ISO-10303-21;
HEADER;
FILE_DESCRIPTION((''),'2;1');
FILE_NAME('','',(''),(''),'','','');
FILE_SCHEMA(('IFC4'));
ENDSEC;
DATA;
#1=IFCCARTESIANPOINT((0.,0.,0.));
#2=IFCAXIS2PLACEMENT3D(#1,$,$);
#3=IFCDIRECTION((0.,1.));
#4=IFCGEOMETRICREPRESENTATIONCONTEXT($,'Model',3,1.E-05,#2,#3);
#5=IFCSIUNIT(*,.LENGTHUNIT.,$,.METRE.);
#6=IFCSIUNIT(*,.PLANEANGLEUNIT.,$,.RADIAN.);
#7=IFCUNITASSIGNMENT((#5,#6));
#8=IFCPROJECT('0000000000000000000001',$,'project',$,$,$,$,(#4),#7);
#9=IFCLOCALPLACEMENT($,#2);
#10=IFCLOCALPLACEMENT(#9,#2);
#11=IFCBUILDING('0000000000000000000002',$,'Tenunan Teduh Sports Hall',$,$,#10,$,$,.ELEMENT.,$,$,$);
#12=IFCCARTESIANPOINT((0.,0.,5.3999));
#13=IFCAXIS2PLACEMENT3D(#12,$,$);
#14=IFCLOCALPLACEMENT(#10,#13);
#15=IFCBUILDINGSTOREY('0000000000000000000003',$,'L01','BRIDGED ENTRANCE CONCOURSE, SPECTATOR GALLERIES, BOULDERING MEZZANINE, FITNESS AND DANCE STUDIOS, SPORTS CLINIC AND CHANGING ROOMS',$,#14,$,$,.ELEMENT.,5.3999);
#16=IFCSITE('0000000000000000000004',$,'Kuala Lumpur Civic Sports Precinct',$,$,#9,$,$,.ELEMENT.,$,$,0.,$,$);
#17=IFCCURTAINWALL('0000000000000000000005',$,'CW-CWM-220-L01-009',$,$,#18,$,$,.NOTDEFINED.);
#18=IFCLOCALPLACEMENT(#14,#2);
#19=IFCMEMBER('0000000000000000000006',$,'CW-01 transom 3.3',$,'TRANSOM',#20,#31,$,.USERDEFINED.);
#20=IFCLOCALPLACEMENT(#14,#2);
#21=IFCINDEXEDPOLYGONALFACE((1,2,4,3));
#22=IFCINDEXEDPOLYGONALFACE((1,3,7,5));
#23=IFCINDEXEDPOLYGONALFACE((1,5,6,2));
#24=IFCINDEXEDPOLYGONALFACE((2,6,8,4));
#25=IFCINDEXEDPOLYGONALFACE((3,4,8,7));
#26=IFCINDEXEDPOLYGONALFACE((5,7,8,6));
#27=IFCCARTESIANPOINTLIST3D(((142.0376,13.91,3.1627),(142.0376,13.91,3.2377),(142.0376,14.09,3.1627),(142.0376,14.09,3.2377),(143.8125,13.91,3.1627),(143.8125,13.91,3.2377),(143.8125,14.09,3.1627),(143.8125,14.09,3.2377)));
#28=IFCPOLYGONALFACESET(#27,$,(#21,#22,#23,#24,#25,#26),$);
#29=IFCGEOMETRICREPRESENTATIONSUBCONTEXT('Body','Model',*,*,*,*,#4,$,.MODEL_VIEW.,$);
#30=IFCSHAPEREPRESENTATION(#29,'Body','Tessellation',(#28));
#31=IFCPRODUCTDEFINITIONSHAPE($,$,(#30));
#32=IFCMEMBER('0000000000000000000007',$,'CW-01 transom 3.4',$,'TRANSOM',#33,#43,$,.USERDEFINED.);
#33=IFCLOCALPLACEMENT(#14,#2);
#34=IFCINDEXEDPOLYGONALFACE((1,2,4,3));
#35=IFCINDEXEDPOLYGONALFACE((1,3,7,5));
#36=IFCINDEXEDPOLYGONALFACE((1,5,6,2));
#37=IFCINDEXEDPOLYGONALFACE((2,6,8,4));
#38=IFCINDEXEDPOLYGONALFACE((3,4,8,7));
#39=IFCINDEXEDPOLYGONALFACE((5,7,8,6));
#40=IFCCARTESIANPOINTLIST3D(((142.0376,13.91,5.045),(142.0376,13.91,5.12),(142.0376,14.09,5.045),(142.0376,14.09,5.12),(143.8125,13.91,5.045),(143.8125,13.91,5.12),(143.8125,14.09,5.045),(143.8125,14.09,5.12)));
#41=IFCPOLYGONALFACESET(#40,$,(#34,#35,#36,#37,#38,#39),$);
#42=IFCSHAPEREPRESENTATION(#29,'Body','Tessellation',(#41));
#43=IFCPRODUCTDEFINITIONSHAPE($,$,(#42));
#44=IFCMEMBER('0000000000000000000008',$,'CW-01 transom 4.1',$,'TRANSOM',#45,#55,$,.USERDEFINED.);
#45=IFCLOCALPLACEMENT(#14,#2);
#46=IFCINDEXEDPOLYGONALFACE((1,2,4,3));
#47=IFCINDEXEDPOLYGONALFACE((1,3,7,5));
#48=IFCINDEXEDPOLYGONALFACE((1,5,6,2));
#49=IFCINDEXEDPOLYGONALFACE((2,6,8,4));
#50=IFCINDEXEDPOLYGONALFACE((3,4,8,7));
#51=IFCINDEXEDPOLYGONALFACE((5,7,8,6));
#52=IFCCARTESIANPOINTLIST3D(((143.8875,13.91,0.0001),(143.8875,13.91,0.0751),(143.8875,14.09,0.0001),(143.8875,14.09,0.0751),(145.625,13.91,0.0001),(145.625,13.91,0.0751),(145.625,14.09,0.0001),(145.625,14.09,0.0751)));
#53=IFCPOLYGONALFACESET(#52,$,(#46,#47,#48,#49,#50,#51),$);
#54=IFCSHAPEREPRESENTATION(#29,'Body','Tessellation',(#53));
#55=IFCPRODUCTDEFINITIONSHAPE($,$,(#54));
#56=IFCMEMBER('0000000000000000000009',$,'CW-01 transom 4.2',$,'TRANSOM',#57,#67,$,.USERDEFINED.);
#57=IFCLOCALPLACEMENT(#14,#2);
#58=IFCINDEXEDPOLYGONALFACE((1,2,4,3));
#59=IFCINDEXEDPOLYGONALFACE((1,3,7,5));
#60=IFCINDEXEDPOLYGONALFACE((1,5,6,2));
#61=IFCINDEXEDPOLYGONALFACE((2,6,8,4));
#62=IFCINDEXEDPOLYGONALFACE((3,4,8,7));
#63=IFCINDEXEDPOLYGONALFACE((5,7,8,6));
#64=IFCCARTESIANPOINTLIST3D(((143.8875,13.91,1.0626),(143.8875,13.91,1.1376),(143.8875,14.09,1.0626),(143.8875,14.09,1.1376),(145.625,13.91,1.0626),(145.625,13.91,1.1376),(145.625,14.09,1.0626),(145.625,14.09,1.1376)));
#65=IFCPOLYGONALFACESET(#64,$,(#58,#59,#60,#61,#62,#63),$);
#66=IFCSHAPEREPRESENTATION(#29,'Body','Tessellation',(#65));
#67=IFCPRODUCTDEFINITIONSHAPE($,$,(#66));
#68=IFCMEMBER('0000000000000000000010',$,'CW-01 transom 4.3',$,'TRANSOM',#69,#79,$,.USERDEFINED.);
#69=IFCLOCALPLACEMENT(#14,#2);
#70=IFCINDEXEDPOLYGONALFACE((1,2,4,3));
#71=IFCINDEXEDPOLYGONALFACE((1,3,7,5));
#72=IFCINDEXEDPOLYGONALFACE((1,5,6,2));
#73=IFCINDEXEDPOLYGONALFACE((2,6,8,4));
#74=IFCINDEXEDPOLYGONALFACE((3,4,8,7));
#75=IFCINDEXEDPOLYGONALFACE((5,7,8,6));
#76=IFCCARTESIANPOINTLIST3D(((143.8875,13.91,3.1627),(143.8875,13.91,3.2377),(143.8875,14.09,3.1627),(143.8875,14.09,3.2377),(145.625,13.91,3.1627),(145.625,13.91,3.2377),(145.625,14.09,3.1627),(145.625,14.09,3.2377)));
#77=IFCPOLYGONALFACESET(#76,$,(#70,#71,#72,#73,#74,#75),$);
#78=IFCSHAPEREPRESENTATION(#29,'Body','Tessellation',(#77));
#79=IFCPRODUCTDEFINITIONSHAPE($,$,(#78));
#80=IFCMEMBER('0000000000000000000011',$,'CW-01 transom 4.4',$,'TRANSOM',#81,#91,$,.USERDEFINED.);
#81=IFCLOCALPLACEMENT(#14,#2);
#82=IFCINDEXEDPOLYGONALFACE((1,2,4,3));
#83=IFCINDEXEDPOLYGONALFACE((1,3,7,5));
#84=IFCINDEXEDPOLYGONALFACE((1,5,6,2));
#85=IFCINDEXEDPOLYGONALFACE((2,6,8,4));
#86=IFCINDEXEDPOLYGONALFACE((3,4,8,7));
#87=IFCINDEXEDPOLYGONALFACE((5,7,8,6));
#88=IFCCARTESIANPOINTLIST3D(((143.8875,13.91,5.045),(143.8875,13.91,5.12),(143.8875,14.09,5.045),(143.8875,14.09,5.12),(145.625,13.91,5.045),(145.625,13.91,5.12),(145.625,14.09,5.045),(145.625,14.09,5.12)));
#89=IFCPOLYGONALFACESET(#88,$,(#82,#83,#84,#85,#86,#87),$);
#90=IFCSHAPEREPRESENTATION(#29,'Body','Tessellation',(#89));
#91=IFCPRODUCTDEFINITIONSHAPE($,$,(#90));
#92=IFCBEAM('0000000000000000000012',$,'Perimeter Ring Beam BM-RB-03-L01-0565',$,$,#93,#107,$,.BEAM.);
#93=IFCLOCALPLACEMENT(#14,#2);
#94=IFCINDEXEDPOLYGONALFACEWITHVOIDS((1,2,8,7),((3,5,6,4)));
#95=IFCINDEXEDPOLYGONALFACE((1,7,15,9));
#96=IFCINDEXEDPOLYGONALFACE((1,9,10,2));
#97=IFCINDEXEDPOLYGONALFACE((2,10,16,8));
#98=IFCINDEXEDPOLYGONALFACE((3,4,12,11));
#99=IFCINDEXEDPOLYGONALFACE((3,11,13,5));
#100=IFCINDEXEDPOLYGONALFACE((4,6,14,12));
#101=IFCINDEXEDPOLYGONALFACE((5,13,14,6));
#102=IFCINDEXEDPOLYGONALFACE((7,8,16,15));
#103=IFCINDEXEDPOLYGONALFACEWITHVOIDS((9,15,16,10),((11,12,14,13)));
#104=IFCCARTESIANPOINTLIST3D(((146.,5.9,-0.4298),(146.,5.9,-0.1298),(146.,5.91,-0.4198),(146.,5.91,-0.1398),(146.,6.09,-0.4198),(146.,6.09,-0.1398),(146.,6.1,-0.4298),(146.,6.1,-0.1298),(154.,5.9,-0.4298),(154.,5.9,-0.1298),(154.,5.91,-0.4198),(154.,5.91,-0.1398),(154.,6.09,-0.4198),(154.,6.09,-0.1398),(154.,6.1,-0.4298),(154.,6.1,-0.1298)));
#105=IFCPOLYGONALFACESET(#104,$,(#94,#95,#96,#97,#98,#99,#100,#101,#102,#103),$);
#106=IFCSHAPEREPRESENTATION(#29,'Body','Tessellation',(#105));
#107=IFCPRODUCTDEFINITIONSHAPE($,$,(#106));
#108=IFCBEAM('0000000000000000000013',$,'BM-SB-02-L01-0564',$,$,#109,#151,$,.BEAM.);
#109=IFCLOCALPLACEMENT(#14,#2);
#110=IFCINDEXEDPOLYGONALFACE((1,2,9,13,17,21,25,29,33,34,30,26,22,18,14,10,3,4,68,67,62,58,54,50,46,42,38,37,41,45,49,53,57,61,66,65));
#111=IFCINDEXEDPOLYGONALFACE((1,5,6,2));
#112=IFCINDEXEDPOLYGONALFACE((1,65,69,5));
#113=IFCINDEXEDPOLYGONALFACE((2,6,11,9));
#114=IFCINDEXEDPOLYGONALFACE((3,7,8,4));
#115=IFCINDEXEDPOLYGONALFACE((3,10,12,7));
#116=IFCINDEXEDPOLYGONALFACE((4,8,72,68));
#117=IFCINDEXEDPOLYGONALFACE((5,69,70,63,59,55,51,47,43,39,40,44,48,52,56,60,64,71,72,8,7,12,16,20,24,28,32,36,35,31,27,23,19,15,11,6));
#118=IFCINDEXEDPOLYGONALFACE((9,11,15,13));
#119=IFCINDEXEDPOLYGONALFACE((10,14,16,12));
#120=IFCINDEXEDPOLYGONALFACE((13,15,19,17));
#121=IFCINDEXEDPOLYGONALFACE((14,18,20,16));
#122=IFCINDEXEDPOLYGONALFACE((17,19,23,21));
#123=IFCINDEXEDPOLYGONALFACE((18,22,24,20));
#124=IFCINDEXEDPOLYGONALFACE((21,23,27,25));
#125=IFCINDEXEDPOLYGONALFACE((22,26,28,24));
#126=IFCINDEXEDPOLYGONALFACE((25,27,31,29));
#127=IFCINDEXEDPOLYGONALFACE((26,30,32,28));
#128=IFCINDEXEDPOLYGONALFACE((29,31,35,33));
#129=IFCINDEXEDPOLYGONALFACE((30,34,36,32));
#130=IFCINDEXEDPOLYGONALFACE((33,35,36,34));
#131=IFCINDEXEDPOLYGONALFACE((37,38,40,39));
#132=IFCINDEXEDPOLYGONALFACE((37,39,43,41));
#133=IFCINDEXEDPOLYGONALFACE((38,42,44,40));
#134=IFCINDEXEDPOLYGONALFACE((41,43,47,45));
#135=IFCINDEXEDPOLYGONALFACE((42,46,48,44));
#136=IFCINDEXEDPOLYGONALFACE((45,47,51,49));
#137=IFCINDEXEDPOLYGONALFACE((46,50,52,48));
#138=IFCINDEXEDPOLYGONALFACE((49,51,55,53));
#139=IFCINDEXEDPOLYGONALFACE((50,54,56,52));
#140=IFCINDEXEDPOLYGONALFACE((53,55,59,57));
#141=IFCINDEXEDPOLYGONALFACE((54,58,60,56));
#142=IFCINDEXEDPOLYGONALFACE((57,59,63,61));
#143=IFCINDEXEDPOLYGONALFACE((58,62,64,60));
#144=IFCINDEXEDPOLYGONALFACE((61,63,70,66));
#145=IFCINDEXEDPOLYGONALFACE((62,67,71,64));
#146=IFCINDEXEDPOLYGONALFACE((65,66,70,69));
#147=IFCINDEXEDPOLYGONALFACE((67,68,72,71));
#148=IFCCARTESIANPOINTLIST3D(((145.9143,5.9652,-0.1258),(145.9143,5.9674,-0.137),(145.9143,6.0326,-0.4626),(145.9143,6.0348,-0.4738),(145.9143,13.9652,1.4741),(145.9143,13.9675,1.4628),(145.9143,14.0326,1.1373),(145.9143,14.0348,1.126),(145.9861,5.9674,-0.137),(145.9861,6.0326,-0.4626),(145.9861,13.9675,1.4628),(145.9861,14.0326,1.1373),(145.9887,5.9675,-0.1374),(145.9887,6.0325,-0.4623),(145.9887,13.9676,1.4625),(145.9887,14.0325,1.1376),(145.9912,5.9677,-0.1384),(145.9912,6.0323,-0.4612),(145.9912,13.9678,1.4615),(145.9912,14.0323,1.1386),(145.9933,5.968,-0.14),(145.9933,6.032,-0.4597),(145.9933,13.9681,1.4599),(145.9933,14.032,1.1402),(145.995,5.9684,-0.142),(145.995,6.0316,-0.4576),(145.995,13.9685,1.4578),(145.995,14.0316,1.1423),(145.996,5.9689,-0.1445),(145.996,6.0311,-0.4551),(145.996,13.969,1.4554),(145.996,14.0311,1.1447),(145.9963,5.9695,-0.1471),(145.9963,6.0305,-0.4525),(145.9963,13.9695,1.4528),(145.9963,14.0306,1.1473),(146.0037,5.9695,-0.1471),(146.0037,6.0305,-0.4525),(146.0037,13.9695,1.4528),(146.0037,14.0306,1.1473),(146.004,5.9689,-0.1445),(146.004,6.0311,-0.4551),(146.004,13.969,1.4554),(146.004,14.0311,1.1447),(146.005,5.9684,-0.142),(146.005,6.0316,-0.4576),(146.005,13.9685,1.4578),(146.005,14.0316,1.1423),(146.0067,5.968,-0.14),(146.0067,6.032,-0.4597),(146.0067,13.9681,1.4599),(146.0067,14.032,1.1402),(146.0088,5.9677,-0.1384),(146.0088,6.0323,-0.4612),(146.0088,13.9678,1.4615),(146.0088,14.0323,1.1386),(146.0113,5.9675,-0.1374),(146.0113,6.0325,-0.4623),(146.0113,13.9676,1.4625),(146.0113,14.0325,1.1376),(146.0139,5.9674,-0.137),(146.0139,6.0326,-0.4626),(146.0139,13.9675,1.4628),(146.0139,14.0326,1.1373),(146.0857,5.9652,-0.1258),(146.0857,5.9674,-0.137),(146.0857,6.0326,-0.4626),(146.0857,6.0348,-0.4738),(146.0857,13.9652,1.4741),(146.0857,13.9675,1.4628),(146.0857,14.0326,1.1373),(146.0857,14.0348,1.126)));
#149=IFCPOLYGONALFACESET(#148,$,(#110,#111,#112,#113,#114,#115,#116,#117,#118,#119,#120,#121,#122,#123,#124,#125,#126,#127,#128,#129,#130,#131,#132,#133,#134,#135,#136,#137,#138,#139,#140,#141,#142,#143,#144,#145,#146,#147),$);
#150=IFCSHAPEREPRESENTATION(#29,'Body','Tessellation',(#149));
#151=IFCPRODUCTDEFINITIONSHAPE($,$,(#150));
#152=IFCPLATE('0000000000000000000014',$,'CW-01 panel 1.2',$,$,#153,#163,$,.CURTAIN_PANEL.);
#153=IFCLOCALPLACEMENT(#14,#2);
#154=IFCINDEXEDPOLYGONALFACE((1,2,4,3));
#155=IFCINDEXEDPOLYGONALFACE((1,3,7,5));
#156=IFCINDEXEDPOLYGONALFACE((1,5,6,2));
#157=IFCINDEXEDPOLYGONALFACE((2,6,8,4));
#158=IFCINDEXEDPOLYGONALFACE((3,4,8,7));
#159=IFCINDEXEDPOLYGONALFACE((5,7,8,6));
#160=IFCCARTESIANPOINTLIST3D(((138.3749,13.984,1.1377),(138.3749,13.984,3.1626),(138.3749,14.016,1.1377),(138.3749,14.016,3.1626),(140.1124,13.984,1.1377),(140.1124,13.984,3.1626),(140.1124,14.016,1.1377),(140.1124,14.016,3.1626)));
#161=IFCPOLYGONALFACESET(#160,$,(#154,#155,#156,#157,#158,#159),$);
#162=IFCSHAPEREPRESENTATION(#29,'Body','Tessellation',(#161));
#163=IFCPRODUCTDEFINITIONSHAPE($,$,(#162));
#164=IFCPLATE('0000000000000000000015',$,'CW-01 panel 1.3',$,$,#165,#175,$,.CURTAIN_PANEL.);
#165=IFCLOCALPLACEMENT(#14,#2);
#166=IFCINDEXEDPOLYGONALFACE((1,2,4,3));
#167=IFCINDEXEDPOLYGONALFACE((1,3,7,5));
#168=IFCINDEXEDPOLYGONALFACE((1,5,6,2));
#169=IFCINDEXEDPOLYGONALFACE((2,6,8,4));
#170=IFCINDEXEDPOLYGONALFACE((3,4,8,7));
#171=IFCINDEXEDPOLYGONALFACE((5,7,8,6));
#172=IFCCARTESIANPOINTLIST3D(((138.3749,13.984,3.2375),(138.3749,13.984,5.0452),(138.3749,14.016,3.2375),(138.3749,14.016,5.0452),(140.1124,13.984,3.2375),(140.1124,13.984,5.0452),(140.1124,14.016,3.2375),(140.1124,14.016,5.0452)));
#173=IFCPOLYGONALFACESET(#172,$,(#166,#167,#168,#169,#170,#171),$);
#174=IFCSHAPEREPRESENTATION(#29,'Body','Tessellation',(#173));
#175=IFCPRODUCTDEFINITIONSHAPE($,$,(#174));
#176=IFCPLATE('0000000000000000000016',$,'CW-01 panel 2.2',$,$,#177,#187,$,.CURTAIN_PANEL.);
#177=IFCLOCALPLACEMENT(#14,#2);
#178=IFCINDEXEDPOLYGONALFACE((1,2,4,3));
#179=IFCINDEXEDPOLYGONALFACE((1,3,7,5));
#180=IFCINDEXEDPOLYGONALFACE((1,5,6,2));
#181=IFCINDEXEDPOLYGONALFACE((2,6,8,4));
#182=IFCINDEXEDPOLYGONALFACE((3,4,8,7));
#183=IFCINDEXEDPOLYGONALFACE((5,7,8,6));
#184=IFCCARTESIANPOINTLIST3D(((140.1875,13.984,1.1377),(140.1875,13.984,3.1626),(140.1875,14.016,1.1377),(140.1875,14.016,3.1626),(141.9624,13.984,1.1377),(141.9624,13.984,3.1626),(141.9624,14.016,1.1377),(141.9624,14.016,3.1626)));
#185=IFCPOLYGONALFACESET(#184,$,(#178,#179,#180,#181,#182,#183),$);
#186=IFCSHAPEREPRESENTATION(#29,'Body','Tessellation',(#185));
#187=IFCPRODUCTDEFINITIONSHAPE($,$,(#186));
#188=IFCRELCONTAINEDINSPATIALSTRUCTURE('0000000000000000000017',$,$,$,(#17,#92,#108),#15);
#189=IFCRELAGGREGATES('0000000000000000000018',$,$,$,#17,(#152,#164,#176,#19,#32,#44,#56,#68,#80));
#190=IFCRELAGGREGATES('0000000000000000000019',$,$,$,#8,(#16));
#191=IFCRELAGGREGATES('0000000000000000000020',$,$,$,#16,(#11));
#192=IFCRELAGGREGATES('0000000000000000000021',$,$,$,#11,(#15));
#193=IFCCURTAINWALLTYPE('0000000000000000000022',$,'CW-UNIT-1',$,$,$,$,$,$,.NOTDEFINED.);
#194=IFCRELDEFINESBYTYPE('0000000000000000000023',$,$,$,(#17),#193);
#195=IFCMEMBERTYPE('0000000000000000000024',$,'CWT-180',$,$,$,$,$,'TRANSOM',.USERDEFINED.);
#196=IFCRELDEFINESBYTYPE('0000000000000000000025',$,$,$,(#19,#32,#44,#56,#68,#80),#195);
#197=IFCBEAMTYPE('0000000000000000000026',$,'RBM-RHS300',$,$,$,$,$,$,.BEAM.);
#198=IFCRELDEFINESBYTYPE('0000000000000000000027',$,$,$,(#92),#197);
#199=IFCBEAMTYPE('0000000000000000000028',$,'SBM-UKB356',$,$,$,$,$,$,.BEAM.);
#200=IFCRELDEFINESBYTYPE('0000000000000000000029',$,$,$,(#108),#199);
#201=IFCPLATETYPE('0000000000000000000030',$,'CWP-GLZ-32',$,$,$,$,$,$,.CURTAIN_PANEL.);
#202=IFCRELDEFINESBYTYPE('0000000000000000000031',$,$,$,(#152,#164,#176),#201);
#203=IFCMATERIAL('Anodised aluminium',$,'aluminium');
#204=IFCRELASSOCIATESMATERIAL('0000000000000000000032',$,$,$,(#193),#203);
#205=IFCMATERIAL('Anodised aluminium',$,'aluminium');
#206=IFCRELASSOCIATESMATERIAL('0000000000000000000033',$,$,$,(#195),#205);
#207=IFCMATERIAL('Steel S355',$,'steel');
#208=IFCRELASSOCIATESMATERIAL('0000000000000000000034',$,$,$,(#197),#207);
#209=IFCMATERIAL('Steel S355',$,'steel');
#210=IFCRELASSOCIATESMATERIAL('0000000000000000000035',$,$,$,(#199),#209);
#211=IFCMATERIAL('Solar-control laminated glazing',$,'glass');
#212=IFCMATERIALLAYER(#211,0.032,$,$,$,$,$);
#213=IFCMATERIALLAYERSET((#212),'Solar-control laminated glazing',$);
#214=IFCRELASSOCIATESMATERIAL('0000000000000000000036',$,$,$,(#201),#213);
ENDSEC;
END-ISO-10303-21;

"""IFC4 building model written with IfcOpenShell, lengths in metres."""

from ifc_helpers import new_model, si_unit, direction, frame, origin, origin_2d, place, context, subcontext, project, spatial, rectangle, hollow_rectangle, i_section, extrude, material, layer, layer_set, material_profile, profile_set, type_object, element, aggregate, save


model = new_model("IFC4")

# Units and contexts
model_context = context("Model", 3, precision=1e-05, world=origin(), true_north=direction((0.0, 1.0)))
body_context = subcontext(model_context, "Body", "Model", "MODEL_VIEW")
ifc_project = project(units=[si_unit("LENGTHUNIT", "METRE"), si_unit("PLANEANGLEUNIT", "RADIAN")], contexts=[model_context])

# Site, building, storey
site_placement = place(None, origin())
site = spatial("IfcSite", under=ifc_project, at=site_placement, Name="Kuala Lumpur Civic Sports Precinct", CompositionType="ELEMENT", RefElevation=0.0)
building_placement = place(site_placement, origin())
building = spatial("IfcBuilding", under=site, at=building_placement, Name="Tenunan Teduh Sports Hall", CompositionType="ELEMENT")
storey_placement = place(building_placement, frame((0.0, 0.0, 5.3999)))
storey = spatial("IfcBuildingStorey", under=building, at=storey_placement, Name="L01", Description="BRIDGED ENTRANCE CONCOURSE, SPECTATOR GALLERIES, BOULDERING MEZZANINE, FITNESS AND DANCE STUDIOS, SPORTS CLINIC AND CHANGING ROOMS", CompositionType="ELEMENT", Elevation=5.3999)

# Curtain wall, members
ifc_material_1 = material(Name="Anodised aluminium", Category="aluminium")
curtain_wall_type = type_object("IfcCurtainWallType", Name="CW-UNIT-1", PredefinedType="NOTDEFINED", material=ifc_material_1)
curtain_wall_placement = place(storey_placement, origin())
curtain_wall = element("IfcCurtainWall", 1, at=curtain_wall_placement, inside=storey, type_object=curtain_wall_type, Name="CW-CWM-220-L01-009", PredefinedType="NOTDEFINED")
ifc_material_2 = material(Name="Anodised aluminium", Category="aluminium")
ifc_material_profile_1 = material_profile(ifc_material_2, rectangle(XDim=0.075, YDim=0.1799, at=origin_2d()), Name="CWT 75x180")
ifc_profile_set_1 = profile_set([ifc_material_profile_1], Name="Anodised aluminium")
member_type_1 = type_object("IfcMemberType", Name="CWT-180", ElementType="TRANSOM", PredefinedType="USERDEFINED", material=ifc_profile_set_1)
member_1_placement = place(storey_placement, frame((142.0376, 14.0, 3.2002), z_axis=(1.0, 0.0, 0.0), x_axis=(0.0, 0.0, 1.0)))
member_1 = element("IfcMember", 2, at=member_1_placement, type_object=member_type_1, Name="CW-01 transom 3.3", ObjectType="TRANSOM", PredefinedType="USERDEFINED", context=body_context, shape_type="SweptSolid", body=[
    extrude(rectangle(XDim=0.075, YDim=0.1799, at=origin_2d()), origin(), (0.0, 0.0, 1.0), 1.7749),
])
member_2_placement = place(storey_placement, frame((142.0376, 14.0, 5.0825), z_axis=(1.0, 0.0, 0.0), x_axis=(0.0, 0.0, 1.0)))
member_2 = element("IfcMember", 3, at=member_2_placement, type_object=member_type_1, Name="CW-01 transom 3.4", ObjectType="TRANSOM", PredefinedType="USERDEFINED", context=body_context, shape_type="SweptSolid", body=[
    extrude(rectangle(XDim=0.075, YDim=0.1799, at=origin_2d()), origin(), (0.0, 0.0, 1.0), 1.7749),
])
member_3_placement = place(storey_placement, frame((143.8875, 14.0, 0.0376), z_axis=(1.0, 0.0, 0.0), x_axis=(0.0, 0.0, 1.0)))
member_3 = element("IfcMember", 4, at=member_3_placement, type_object=member_type_1, Name="CW-01 transom 4.1", ObjectType="TRANSOM", PredefinedType="USERDEFINED", context=body_context, shape_type="SweptSolid", body=[
    extrude(rectangle(XDim=0.075, YDim=0.1799, at=origin_2d()), origin(), (0.0, 0.0, 1.0), 1.7375),
])
member_4_placement = place(storey_placement, frame((143.8875, 14.0, 1.1001), z_axis=(1.0, 0.0, 0.0), x_axis=(0.0, 0.0, 1.0)))
member_4 = element("IfcMember", 5, at=member_4_placement, type_object=member_type_1, Name="CW-01 transom 4.2", ObjectType="TRANSOM", PredefinedType="USERDEFINED", context=body_context, shape_type="SweptSolid", body=[
    extrude(rectangle(XDim=0.075, YDim=0.1799, at=origin_2d()), origin(), (0.0, 0.0, 1.0), 1.7375),
])
member_5_placement = place(storey_placement, frame((143.8875, 14.0, 3.2002), z_axis=(1.0, 0.0, 0.0), x_axis=(0.0, 0.0, 1.0)))
member_5 = element("IfcMember", 6, at=member_5_placement, type_object=member_type_1, Name="CW-01 transom 4.3", ObjectType="TRANSOM", PredefinedType="USERDEFINED", context=body_context, shape_type="SweptSolid", body=[
    extrude(rectangle(XDim=0.075, YDim=0.1799, at=origin_2d()), origin(), (0.0, 0.0, 1.0), 1.7375),
])
member_6_placement = place(storey_placement, frame((143.8875, 14.0, 5.0825), z_axis=(1.0, 0.0, 0.0), x_axis=(0.0, 0.0, 1.0)))
member_6 = element("IfcMember", 7, at=member_6_placement, type_object=member_type_1, Name="CW-01 transom 4.4", ObjectType="TRANSOM", PredefinedType="USERDEFINED", context=body_context, shape_type="SweptSolid", body=[
    extrude(rectangle(XDim=0.075, YDim=0.1799, at=origin_2d()), origin(), (0.0, 0.0, 1.0), 1.7375),
])

# Beams
ifc_material_3 = material(Name="Steel S355", Category="steel")
ifc_material_profile_2 = material_profile(ifc_material_3, hollow_rectangle(XDim=0.2, YDim=0.3, WallThickness=0.01, at=origin_2d()), Name="RHS 300x200x10.0")
ifc_profile_set_2 = profile_set([ifc_material_profile_2], Name="Steel S355")
beam_type_1 = type_object("IfcBeamType", Name="RBM-RHS300", PredefinedType="BEAM", material=ifc_profile_set_2)
beam_1_placement = place(storey_placement, frame((146.0, 6.0, -0.2798), z_axis=(1.0, 0.0, 0.0), x_axis=(0.0, 1.0, 0.0)))
element("IfcBeam", 8, at=beam_1_placement, inside=storey, type_object=beam_type_1, Name="Perimeter Ring Beam BM-RB-03-L01-0565", PredefinedType="BEAM", context=body_context, shape_type="SweptSolid", body=[
    extrude(hollow_rectangle(XDim=0.2, YDim=0.3, WallThickness=0.01, at=origin_2d()), origin(), (0.0, 0.0, 1.0), 8.0),
])
ifc_material_4 = material(Name="Steel S355", Category="steel")
ifc_material_profile_3 = material_profile(ifc_material_4, i_section(OverallWidth=0.1714, OverallDepth=0.355, WebThickness=0.0073, FlangeThickness=0.0115, FilletRadius=0.0103, at=origin_2d()), Name="UKB 356x171x51")
ifc_profile_set_3 = profile_set([ifc_material_profile_3], Name="Steel S355")
beam_type_2 = type_object("IfcBeamType", Name="SBM-UKB356", PredefinedType="BEAM", material=ifc_profile_set_3)
beam_2_placement = place(storey_placement, frame((146.0, 6.0, -0.2998), z_axis=(0.0, 0.980584, 0.196099), x_axis=(-1.0, 0.0, 0.0)))
element("IfcBeam", 9, at=beam_2_placement, inside=storey, type_object=beam_type_2, Name="BM-SB-02-L01-0564", PredefinedType="BEAM", context=body_context, shape_type="SweptSolid", body=[
    extrude(i_section(OverallWidth=0.1714, OverallDepth=0.355, WebThickness=0.0073, FlangeThickness=0.0115, FilletRadius=0.0103, at=origin_2d()), origin(), (0.0, 0.0, 1.0), 8.1584),
])

# Plates
ifc_material_5 = material(Name="Solar-control laminated glazing", Category="glass")
ifc_layer_1 = layer(ifc_material_5, 0.032)
ifc_layer_set_1 = layer_set([ifc_layer_1], Name="Solar-control laminated glazing")
plate_type_1 = type_object("IfcPlateType", Name="CWP-GLZ-32", PredefinedType="CURTAIN_PANEL", material=ifc_layer_set_1)
plate_1_placement = place(storey_placement, frame((139.2437, 14.0, 1.1377), z_axis=(0.0, 0.0, 1.0), x_axis=(1.0, 0.0, 0.0)))
plate_1 = element("IfcPlate", 10, at=plate_1_placement, type_object=plate_type_1, Name="CW-01 panel 1.2", PredefinedType="CURTAIN_PANEL", context=body_context, shape_type="SweptSolid", body=[
    extrude(rectangle(XDim=1.7375, YDim=0.032, at=origin_2d()), origin(), (0.0, 0.0, 1.0), 2.0249),
])
plate_2_placement = place(storey_placement, frame((139.2437, 14.0, 3.2375), z_axis=(0.0, 0.0, 1.0), x_axis=(1.0, 0.0, 0.0)))
plate_2 = element("IfcPlate", 11, at=plate_2_placement, type_object=plate_type_1, Name="CW-01 panel 1.3", PredefinedType="CURTAIN_PANEL", context=body_context, shape_type="SweptSolid", body=[
    extrude(rectangle(XDim=1.7375, YDim=0.032, at=origin_2d()), origin(), (0.0, 0.0, 1.0), 1.8076),
])
plate_3_placement = place(storey_placement, frame((141.075, 14.0, 1.1377), z_axis=(0.0, 0.0, 1.0), x_axis=(1.0, 0.0, 0.0)))
plate_3 = element("IfcPlate", 12, at=plate_3_placement, type_object=plate_type_1, Name="CW-01 panel 2.2", PredefinedType="CURTAIN_PANEL", context=body_context, shape_type="SweptSolid", body=[
    extrude(rectangle(XDim=1.7749, YDim=0.032, at=origin_2d()), origin(), (0.0, 0.0, 1.0), 2.0249),
])
aggregate(curtain_wall, [plate_1, plate_2, plate_3, member_1, member_2, member_3, member_4, member_5, member_6])

save(model, "model.ifc")
